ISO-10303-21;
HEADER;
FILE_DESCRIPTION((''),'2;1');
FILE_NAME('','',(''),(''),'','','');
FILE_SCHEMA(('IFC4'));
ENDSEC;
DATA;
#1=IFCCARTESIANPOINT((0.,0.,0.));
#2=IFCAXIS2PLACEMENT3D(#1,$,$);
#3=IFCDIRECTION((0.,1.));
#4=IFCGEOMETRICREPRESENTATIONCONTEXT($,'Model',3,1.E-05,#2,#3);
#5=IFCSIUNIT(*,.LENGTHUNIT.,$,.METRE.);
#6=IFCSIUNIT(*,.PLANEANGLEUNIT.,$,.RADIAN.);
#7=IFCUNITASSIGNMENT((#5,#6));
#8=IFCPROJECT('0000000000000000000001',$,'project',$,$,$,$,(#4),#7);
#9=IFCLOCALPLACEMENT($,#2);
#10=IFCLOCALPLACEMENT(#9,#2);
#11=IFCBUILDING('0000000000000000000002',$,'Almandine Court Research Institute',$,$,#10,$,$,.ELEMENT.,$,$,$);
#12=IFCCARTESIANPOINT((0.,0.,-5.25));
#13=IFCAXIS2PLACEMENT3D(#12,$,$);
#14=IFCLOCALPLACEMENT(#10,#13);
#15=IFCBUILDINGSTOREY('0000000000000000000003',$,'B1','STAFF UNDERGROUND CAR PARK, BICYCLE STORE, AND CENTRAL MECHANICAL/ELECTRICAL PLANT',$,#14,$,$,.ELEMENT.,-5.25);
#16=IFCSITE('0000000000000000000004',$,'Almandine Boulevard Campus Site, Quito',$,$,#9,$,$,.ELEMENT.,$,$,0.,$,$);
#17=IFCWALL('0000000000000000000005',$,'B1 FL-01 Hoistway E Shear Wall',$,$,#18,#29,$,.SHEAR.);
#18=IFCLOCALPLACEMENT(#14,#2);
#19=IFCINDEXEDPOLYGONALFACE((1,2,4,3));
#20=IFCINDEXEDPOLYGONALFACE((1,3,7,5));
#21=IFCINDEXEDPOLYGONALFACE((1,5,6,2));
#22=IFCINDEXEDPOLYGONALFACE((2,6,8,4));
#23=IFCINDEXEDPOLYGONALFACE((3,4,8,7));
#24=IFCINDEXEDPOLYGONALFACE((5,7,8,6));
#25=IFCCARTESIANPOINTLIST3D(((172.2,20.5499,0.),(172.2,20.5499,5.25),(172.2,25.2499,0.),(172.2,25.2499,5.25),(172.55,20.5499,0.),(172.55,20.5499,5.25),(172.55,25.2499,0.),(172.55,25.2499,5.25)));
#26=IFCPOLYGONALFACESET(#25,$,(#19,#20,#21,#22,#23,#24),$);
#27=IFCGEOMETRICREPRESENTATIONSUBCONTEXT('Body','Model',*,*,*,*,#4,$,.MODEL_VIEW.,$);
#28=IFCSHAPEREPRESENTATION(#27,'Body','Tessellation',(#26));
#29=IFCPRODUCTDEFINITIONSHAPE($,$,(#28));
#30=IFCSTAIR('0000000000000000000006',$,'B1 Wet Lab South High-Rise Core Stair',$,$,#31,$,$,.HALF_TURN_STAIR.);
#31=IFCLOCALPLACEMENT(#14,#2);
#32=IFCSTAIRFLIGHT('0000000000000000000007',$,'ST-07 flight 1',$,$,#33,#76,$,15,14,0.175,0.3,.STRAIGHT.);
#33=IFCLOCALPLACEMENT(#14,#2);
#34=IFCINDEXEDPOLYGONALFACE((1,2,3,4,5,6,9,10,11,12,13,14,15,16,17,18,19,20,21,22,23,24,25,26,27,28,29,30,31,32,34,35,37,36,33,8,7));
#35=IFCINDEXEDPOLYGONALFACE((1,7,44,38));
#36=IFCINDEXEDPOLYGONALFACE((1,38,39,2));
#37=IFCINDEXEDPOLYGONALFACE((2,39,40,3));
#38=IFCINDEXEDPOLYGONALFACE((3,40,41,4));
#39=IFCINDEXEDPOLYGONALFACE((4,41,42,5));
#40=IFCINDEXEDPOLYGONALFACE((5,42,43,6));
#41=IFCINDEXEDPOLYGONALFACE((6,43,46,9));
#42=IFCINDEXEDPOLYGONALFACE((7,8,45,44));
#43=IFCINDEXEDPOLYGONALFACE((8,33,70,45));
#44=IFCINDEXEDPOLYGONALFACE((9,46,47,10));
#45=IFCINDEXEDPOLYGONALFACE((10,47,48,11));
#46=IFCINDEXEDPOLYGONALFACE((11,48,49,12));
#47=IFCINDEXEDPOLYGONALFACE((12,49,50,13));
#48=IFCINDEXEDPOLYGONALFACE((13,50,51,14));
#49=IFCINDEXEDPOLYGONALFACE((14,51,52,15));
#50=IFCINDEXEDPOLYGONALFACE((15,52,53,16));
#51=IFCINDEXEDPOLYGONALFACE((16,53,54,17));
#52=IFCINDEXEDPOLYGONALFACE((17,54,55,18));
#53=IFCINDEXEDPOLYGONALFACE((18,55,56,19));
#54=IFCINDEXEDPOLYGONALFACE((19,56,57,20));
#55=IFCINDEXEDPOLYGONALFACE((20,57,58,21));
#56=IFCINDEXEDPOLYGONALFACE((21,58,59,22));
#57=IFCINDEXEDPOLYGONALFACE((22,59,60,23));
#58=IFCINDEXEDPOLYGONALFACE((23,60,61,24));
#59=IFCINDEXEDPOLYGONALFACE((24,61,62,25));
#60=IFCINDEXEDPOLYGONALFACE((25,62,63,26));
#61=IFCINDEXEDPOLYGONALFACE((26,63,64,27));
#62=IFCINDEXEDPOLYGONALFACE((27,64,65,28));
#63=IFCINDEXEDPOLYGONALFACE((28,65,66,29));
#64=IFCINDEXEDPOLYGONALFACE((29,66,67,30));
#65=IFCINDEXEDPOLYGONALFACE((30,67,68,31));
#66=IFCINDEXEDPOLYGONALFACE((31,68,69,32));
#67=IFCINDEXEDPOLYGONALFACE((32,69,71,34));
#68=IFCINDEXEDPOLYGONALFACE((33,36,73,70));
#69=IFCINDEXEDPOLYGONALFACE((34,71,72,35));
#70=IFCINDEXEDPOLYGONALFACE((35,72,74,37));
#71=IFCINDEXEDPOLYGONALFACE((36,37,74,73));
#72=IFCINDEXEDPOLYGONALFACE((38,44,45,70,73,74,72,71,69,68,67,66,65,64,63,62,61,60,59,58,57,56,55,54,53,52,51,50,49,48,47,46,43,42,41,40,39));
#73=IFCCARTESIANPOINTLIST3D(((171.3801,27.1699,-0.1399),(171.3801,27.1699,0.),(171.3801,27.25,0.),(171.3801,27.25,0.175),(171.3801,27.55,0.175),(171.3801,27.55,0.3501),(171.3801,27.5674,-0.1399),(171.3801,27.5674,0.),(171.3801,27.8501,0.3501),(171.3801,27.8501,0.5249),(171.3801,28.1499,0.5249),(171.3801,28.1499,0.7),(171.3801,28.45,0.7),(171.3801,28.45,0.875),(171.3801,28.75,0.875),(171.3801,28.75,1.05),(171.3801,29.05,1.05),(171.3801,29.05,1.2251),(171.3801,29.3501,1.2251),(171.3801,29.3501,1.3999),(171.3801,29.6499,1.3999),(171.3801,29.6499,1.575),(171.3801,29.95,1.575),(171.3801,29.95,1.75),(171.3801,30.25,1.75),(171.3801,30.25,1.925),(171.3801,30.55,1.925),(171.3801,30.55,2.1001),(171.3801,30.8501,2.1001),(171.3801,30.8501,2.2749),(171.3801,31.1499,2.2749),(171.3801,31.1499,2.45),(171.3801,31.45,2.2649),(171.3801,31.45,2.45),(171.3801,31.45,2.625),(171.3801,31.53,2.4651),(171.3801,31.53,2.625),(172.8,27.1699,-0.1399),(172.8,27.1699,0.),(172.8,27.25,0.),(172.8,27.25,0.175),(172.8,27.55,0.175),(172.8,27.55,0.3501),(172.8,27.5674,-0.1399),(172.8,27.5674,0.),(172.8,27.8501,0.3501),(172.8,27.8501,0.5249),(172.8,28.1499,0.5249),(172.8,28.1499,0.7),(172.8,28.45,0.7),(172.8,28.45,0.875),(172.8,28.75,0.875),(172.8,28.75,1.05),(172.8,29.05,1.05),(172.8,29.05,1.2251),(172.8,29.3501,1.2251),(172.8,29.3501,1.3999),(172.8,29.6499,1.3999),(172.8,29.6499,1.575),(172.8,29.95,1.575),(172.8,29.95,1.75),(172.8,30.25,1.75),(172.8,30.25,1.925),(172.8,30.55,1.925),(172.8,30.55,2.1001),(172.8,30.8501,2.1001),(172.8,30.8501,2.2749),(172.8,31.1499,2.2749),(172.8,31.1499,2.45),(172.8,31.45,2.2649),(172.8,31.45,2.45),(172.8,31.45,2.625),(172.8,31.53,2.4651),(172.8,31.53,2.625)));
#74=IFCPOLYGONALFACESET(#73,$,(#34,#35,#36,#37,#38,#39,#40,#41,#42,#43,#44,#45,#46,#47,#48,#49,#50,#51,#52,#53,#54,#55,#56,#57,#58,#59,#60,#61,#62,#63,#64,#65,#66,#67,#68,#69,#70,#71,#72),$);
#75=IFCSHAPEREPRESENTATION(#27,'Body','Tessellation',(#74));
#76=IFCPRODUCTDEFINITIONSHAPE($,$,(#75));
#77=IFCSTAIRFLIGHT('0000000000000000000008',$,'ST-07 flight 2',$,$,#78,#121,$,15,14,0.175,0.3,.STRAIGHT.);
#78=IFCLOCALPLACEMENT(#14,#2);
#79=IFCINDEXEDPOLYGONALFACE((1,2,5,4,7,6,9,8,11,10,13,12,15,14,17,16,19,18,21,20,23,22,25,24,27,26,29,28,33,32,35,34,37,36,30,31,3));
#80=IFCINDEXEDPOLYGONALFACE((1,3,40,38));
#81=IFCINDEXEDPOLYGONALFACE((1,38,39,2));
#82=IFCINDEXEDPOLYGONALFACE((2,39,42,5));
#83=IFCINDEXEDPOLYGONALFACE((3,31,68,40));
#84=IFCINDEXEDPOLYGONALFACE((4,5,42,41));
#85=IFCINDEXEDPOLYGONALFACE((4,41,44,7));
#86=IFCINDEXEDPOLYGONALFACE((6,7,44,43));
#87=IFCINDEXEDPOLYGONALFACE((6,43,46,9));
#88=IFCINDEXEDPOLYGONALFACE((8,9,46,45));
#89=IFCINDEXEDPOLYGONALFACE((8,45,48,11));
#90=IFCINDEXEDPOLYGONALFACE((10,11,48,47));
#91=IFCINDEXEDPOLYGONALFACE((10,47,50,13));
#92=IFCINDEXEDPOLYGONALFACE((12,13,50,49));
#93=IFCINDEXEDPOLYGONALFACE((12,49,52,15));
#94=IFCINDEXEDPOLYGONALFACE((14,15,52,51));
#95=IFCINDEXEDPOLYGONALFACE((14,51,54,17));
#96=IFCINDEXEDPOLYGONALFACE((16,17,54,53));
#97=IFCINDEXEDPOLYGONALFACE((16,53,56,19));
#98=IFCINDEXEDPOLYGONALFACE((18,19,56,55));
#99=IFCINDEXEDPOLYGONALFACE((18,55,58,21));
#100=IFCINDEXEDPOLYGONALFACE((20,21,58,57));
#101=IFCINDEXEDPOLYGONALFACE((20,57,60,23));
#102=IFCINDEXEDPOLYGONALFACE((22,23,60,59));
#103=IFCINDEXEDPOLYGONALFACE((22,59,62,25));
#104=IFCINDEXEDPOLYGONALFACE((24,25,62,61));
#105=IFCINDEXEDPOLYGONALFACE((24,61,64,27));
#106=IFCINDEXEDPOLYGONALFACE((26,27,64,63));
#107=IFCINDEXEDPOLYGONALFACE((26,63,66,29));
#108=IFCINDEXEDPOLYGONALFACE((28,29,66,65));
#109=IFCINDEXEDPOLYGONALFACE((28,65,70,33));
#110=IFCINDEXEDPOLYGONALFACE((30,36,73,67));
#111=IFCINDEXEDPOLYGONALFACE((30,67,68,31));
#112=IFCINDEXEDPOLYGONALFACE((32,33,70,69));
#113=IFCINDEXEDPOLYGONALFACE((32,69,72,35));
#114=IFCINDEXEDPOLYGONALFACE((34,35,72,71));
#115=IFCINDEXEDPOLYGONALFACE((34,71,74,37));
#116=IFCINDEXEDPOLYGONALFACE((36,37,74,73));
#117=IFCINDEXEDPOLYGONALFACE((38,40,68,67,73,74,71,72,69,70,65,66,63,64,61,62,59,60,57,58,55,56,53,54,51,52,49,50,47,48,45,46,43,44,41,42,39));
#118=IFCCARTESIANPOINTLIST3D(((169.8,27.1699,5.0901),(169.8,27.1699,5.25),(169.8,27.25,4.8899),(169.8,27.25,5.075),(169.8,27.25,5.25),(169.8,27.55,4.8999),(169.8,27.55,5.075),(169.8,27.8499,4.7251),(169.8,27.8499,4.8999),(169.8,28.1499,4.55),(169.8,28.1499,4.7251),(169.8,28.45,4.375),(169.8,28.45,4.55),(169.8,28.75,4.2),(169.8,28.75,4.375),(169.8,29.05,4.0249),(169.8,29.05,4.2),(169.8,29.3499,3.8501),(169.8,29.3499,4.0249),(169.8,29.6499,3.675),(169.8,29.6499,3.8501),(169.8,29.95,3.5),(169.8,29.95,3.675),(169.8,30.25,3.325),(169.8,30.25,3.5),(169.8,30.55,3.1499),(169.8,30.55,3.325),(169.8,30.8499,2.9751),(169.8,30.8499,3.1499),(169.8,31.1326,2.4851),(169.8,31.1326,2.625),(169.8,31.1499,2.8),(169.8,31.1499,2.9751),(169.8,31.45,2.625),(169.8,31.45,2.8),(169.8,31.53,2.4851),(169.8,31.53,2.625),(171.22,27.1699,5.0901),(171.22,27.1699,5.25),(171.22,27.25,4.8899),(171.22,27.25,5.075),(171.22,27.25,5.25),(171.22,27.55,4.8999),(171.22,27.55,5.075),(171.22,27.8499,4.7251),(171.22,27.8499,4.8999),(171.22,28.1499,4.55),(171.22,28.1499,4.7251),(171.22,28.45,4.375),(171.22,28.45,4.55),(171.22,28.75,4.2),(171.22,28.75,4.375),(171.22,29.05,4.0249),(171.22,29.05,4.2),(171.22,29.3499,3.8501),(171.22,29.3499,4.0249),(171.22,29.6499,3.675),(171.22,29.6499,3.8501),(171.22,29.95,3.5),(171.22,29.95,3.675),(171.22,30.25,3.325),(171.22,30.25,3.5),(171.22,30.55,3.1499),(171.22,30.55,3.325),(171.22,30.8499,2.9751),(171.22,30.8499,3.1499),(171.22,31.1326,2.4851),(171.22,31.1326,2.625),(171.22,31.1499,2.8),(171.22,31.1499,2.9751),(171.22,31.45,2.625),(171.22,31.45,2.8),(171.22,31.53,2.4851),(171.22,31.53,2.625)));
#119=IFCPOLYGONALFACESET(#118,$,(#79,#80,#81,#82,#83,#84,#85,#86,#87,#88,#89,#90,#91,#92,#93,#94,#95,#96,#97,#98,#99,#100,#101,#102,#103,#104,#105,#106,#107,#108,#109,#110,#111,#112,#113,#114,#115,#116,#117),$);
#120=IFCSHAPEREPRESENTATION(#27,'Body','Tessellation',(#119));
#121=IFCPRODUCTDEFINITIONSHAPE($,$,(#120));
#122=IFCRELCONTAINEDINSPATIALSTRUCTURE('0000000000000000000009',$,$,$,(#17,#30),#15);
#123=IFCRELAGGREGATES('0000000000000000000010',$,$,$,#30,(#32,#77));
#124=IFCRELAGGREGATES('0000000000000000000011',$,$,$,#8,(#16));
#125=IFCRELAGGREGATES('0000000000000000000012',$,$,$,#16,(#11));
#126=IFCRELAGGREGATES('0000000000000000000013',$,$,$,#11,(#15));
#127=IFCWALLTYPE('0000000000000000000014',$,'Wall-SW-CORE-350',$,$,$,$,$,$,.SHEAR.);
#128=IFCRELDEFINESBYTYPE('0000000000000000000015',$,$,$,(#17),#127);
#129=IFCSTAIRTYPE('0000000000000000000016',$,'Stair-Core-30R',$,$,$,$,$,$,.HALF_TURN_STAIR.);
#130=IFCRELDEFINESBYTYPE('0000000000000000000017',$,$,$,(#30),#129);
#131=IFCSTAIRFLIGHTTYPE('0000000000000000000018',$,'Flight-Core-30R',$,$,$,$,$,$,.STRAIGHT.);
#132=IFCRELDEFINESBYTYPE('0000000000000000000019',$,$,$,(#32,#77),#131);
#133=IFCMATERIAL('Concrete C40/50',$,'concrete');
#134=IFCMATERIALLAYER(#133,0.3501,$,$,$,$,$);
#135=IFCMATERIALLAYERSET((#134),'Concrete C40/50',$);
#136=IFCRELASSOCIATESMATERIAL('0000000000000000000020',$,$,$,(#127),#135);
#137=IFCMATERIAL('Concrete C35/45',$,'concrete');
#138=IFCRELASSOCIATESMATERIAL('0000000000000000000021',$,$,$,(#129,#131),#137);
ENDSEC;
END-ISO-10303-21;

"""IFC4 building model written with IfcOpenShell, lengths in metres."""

from ifc_helpers import new_model, si_unit, direction, frame, frame_2d, origin, place, context, subcontext, project, spatial, polyline, rectangle, outline, extrude, material, layer, layer_set, type_object, element, aggregate, save


model = new_model("IFC4")

# Units and contexts
model_context = context("Model", 3, precision=1e-05, world=origin(), true_north=direction((0.0, 1.0)))
body_context = subcontext(model_context, "Body", "Model", "MODEL_VIEW")
ifc_project = project(units=[si_unit("LENGTHUNIT", "METRE"), si_unit("PLANEANGLEUNIT", "RADIAN")], contexts=[model_context])

# Site, building, storey
site_placement = place(None, origin())
site = spatial("IfcSite", under=ifc_project, at=site_placement, Name="Almandine Boulevard Campus Site, Quito", CompositionType="ELEMENT", RefElevation=0.0)
building_placement = place(site_placement, origin())
building = spatial("IfcBuilding", under=site, at=building_placement, Name="Almandine Court Research Institute", CompositionType="ELEMENT")
storey_placement = place(building_placement, frame((0.0, 0.0, -5.25)))
storey = spatial("IfcBuildingStorey", under=building, at=storey_placement, Name="B1", Description="STAFF UNDERGROUND CAR PARK, BICYCLE STORE, AND CENTRAL MECHANICAL/ELECTRICAL PLANT", CompositionType="ELEMENT", Elevation=-5.25)

# Shared definitions
ifc_material_1 = material(Name="Concrete C35/45", Category="concrete")

# Shared definitions
ifc_material_2 = material(Name="Concrete C40/50", Category="concrete")

# Shared definitions
ifc_layer_1 = layer(ifc_material_2, 0.3501)
ifc_layer_set_1 = layer_set([ifc_layer_1], Name="Concrete C40/50")
wall_type_1 = type_object("IfcWallType", Name="Wall-SW-CORE-350", PredefinedType="SHEAR", material=ifc_layer_set_1)

# Wall
wall_1_placement = place(storey_placement, frame((172.375, 25.25, 0.0), z_axis=(0.0, 0.0, 1.0), x_axis=(0.0, -1.0, 0.0)))
element("IfcWall", 1, at=wall_1_placement, inside=storey, type_object=wall_type_1, Name="B1 FL-01 Hoistway E Shear Wall", PredefinedType="SHEAR", context=body_context, shape_type="SweptSolid", body=[
    extrude(rectangle(XDim=4.7, YDim=0.3501, at=frame_2d((2.3501, 0.0))), origin(), (0.0, 0.0, 1.0), 5.25),
])

# Stair, stair flights
stair_type = type_object("IfcStairType", Name="Stair-Core-30R", PredefinedType="HALF_TURN_STAIR", material=ifc_material_1)
stair_placement = place(storey_placement, origin())
stair = element("IfcStair", 2, at=stair_placement, inside=storey, type_object=stair_type, Name="B1 Wet Lab South High-Rise Core Stair", PredefinedType="HALF_TURN_STAIR")
stair_flight_type = type_object("IfcStairFlightType", Name="Flight-Core-30R", PredefinedType="STRAIGHT", material=ifc_material_1)
stair_flight_1_placement = place(storey_placement, frame((172.0901, 27.25, 0.0), z_axis=(0.0, 0.0, 1.0), x_axis=(0.0, 1.0, 0.0)))
stair_flight_1 = element("IfcStairFlight", 3, at=stair_flight_1_placement, type_object=stair_flight_type, Name="ST-07 flight 1", NumberOfRisers=15, NumberOfTreads=14, PredefinedType="STRAIGHT", RiserHeight=0.175, TreadLength=0.3, context=body_context, shape_type="SweptSolid", body=[
    extrude(outline(polyline([(-0.0801, -0.1399), (-0.0801, 0.0), (0.0, 0.0), (0.0, 0.175), (0.3, 0.175), (0.3, 0.3501), (0.6001, 0.3501), (0.6001, 0.5249), (0.8999, 0.5249), (0.8999, 0.7), (1.2, 0.7), (1.2, 0.875), (1.5, 0.875), (1.5, 1.05), (1.8, 1.05), (1.8, 1.2251), (2.1001, 1.2251), (2.1001, 1.3999), (2.3999, 1.3999), (2.3999, 1.575), (2.7, 1.575), (2.7, 1.75), (3.0, 1.75), (3.0, 1.925), (3.3, 1.925), (3.3, 2.1001), (3.6001, 2.1001), (3.6001, 2.2749), (3.8999, 2.2749), (3.8999, 2.45), (4.2, 2.45), (4.2, 2.625), (4.28, 2.625), (4.28, 2.4651), (4.2, 2.2649), (0.3174, 0.0), (0.3174, -0.1399), (-0.0801, -0.1399)])), frame((0.0, 0.71, 0.0), z_axis=(0.0, -1.0, 0.0), x_axis=(1.0, 0.0, 0.0)), (0.0, 0.0, 1.0), 1.4199),
])
stair_flight_2_placement = place(storey_placement, frame((170.51, 31.45, 2.625), z_axis=(0.0, 0.0, 1.0), x_axis=(0.0, -1.0, 0.0)))
stair_flight_2 = element("IfcStairFlight", 4, at=stair_flight_2_placement, type_object=stair_flight_type, Name="ST-07 flight 2", NumberOfRisers=15, NumberOfTreads=14, PredefinedType="STRAIGHT", RiserHeight=0.175, TreadLength=0.3, context=body_context, shape_type="SweptSolid", body=[
    extrude(outline(polyline([(-0.0801, -0.1399), (-0.0801, 0.0), (0.0, 0.0), (0.0, 0.175), (0.3, 0.175), (0.3, 0.3501), (0.6001, 0.3501), (0.6001, 0.5249), (0.8999, 0.5249), (0.8999, 0.7), (1.2, 0.7), (1.2, 0.875), (1.5, 0.875), (1.5, 1.05), (1.8, 1.05), (1.8, 1.2251), (2.1001, 1.2251), (2.1001, 1.3999), (2.3999, 1.3999), (2.3999, 1.575), (2.7, 1.575), (2.7, 1.75), (3.0, 1.75), (3.0, 1.925), (3.3, 1.925), (3.3, 2.1001), (3.6001, 2.1001), (3.6001, 2.2749), (3.8999, 2.2749), (3.8999, 2.45), (4.2, 2.45), (4.2, 2.625), (4.28, 2.625), (4.28, 2.4651), (4.2, 2.2649), (0.3174, 0.0), (0.3174, -0.1399), (-0.0801, -0.1399)])), frame((0.0, 0.71, 0.0), z_axis=(0.0, -1.0, 0.0), x_axis=(1.0, 0.0, 0.0)), (0.0, 0.0, 1.0), 1.4199),
])
aggregate(stair, [stair_flight_1, stair_flight_2])

save(model, "model.ifc")
